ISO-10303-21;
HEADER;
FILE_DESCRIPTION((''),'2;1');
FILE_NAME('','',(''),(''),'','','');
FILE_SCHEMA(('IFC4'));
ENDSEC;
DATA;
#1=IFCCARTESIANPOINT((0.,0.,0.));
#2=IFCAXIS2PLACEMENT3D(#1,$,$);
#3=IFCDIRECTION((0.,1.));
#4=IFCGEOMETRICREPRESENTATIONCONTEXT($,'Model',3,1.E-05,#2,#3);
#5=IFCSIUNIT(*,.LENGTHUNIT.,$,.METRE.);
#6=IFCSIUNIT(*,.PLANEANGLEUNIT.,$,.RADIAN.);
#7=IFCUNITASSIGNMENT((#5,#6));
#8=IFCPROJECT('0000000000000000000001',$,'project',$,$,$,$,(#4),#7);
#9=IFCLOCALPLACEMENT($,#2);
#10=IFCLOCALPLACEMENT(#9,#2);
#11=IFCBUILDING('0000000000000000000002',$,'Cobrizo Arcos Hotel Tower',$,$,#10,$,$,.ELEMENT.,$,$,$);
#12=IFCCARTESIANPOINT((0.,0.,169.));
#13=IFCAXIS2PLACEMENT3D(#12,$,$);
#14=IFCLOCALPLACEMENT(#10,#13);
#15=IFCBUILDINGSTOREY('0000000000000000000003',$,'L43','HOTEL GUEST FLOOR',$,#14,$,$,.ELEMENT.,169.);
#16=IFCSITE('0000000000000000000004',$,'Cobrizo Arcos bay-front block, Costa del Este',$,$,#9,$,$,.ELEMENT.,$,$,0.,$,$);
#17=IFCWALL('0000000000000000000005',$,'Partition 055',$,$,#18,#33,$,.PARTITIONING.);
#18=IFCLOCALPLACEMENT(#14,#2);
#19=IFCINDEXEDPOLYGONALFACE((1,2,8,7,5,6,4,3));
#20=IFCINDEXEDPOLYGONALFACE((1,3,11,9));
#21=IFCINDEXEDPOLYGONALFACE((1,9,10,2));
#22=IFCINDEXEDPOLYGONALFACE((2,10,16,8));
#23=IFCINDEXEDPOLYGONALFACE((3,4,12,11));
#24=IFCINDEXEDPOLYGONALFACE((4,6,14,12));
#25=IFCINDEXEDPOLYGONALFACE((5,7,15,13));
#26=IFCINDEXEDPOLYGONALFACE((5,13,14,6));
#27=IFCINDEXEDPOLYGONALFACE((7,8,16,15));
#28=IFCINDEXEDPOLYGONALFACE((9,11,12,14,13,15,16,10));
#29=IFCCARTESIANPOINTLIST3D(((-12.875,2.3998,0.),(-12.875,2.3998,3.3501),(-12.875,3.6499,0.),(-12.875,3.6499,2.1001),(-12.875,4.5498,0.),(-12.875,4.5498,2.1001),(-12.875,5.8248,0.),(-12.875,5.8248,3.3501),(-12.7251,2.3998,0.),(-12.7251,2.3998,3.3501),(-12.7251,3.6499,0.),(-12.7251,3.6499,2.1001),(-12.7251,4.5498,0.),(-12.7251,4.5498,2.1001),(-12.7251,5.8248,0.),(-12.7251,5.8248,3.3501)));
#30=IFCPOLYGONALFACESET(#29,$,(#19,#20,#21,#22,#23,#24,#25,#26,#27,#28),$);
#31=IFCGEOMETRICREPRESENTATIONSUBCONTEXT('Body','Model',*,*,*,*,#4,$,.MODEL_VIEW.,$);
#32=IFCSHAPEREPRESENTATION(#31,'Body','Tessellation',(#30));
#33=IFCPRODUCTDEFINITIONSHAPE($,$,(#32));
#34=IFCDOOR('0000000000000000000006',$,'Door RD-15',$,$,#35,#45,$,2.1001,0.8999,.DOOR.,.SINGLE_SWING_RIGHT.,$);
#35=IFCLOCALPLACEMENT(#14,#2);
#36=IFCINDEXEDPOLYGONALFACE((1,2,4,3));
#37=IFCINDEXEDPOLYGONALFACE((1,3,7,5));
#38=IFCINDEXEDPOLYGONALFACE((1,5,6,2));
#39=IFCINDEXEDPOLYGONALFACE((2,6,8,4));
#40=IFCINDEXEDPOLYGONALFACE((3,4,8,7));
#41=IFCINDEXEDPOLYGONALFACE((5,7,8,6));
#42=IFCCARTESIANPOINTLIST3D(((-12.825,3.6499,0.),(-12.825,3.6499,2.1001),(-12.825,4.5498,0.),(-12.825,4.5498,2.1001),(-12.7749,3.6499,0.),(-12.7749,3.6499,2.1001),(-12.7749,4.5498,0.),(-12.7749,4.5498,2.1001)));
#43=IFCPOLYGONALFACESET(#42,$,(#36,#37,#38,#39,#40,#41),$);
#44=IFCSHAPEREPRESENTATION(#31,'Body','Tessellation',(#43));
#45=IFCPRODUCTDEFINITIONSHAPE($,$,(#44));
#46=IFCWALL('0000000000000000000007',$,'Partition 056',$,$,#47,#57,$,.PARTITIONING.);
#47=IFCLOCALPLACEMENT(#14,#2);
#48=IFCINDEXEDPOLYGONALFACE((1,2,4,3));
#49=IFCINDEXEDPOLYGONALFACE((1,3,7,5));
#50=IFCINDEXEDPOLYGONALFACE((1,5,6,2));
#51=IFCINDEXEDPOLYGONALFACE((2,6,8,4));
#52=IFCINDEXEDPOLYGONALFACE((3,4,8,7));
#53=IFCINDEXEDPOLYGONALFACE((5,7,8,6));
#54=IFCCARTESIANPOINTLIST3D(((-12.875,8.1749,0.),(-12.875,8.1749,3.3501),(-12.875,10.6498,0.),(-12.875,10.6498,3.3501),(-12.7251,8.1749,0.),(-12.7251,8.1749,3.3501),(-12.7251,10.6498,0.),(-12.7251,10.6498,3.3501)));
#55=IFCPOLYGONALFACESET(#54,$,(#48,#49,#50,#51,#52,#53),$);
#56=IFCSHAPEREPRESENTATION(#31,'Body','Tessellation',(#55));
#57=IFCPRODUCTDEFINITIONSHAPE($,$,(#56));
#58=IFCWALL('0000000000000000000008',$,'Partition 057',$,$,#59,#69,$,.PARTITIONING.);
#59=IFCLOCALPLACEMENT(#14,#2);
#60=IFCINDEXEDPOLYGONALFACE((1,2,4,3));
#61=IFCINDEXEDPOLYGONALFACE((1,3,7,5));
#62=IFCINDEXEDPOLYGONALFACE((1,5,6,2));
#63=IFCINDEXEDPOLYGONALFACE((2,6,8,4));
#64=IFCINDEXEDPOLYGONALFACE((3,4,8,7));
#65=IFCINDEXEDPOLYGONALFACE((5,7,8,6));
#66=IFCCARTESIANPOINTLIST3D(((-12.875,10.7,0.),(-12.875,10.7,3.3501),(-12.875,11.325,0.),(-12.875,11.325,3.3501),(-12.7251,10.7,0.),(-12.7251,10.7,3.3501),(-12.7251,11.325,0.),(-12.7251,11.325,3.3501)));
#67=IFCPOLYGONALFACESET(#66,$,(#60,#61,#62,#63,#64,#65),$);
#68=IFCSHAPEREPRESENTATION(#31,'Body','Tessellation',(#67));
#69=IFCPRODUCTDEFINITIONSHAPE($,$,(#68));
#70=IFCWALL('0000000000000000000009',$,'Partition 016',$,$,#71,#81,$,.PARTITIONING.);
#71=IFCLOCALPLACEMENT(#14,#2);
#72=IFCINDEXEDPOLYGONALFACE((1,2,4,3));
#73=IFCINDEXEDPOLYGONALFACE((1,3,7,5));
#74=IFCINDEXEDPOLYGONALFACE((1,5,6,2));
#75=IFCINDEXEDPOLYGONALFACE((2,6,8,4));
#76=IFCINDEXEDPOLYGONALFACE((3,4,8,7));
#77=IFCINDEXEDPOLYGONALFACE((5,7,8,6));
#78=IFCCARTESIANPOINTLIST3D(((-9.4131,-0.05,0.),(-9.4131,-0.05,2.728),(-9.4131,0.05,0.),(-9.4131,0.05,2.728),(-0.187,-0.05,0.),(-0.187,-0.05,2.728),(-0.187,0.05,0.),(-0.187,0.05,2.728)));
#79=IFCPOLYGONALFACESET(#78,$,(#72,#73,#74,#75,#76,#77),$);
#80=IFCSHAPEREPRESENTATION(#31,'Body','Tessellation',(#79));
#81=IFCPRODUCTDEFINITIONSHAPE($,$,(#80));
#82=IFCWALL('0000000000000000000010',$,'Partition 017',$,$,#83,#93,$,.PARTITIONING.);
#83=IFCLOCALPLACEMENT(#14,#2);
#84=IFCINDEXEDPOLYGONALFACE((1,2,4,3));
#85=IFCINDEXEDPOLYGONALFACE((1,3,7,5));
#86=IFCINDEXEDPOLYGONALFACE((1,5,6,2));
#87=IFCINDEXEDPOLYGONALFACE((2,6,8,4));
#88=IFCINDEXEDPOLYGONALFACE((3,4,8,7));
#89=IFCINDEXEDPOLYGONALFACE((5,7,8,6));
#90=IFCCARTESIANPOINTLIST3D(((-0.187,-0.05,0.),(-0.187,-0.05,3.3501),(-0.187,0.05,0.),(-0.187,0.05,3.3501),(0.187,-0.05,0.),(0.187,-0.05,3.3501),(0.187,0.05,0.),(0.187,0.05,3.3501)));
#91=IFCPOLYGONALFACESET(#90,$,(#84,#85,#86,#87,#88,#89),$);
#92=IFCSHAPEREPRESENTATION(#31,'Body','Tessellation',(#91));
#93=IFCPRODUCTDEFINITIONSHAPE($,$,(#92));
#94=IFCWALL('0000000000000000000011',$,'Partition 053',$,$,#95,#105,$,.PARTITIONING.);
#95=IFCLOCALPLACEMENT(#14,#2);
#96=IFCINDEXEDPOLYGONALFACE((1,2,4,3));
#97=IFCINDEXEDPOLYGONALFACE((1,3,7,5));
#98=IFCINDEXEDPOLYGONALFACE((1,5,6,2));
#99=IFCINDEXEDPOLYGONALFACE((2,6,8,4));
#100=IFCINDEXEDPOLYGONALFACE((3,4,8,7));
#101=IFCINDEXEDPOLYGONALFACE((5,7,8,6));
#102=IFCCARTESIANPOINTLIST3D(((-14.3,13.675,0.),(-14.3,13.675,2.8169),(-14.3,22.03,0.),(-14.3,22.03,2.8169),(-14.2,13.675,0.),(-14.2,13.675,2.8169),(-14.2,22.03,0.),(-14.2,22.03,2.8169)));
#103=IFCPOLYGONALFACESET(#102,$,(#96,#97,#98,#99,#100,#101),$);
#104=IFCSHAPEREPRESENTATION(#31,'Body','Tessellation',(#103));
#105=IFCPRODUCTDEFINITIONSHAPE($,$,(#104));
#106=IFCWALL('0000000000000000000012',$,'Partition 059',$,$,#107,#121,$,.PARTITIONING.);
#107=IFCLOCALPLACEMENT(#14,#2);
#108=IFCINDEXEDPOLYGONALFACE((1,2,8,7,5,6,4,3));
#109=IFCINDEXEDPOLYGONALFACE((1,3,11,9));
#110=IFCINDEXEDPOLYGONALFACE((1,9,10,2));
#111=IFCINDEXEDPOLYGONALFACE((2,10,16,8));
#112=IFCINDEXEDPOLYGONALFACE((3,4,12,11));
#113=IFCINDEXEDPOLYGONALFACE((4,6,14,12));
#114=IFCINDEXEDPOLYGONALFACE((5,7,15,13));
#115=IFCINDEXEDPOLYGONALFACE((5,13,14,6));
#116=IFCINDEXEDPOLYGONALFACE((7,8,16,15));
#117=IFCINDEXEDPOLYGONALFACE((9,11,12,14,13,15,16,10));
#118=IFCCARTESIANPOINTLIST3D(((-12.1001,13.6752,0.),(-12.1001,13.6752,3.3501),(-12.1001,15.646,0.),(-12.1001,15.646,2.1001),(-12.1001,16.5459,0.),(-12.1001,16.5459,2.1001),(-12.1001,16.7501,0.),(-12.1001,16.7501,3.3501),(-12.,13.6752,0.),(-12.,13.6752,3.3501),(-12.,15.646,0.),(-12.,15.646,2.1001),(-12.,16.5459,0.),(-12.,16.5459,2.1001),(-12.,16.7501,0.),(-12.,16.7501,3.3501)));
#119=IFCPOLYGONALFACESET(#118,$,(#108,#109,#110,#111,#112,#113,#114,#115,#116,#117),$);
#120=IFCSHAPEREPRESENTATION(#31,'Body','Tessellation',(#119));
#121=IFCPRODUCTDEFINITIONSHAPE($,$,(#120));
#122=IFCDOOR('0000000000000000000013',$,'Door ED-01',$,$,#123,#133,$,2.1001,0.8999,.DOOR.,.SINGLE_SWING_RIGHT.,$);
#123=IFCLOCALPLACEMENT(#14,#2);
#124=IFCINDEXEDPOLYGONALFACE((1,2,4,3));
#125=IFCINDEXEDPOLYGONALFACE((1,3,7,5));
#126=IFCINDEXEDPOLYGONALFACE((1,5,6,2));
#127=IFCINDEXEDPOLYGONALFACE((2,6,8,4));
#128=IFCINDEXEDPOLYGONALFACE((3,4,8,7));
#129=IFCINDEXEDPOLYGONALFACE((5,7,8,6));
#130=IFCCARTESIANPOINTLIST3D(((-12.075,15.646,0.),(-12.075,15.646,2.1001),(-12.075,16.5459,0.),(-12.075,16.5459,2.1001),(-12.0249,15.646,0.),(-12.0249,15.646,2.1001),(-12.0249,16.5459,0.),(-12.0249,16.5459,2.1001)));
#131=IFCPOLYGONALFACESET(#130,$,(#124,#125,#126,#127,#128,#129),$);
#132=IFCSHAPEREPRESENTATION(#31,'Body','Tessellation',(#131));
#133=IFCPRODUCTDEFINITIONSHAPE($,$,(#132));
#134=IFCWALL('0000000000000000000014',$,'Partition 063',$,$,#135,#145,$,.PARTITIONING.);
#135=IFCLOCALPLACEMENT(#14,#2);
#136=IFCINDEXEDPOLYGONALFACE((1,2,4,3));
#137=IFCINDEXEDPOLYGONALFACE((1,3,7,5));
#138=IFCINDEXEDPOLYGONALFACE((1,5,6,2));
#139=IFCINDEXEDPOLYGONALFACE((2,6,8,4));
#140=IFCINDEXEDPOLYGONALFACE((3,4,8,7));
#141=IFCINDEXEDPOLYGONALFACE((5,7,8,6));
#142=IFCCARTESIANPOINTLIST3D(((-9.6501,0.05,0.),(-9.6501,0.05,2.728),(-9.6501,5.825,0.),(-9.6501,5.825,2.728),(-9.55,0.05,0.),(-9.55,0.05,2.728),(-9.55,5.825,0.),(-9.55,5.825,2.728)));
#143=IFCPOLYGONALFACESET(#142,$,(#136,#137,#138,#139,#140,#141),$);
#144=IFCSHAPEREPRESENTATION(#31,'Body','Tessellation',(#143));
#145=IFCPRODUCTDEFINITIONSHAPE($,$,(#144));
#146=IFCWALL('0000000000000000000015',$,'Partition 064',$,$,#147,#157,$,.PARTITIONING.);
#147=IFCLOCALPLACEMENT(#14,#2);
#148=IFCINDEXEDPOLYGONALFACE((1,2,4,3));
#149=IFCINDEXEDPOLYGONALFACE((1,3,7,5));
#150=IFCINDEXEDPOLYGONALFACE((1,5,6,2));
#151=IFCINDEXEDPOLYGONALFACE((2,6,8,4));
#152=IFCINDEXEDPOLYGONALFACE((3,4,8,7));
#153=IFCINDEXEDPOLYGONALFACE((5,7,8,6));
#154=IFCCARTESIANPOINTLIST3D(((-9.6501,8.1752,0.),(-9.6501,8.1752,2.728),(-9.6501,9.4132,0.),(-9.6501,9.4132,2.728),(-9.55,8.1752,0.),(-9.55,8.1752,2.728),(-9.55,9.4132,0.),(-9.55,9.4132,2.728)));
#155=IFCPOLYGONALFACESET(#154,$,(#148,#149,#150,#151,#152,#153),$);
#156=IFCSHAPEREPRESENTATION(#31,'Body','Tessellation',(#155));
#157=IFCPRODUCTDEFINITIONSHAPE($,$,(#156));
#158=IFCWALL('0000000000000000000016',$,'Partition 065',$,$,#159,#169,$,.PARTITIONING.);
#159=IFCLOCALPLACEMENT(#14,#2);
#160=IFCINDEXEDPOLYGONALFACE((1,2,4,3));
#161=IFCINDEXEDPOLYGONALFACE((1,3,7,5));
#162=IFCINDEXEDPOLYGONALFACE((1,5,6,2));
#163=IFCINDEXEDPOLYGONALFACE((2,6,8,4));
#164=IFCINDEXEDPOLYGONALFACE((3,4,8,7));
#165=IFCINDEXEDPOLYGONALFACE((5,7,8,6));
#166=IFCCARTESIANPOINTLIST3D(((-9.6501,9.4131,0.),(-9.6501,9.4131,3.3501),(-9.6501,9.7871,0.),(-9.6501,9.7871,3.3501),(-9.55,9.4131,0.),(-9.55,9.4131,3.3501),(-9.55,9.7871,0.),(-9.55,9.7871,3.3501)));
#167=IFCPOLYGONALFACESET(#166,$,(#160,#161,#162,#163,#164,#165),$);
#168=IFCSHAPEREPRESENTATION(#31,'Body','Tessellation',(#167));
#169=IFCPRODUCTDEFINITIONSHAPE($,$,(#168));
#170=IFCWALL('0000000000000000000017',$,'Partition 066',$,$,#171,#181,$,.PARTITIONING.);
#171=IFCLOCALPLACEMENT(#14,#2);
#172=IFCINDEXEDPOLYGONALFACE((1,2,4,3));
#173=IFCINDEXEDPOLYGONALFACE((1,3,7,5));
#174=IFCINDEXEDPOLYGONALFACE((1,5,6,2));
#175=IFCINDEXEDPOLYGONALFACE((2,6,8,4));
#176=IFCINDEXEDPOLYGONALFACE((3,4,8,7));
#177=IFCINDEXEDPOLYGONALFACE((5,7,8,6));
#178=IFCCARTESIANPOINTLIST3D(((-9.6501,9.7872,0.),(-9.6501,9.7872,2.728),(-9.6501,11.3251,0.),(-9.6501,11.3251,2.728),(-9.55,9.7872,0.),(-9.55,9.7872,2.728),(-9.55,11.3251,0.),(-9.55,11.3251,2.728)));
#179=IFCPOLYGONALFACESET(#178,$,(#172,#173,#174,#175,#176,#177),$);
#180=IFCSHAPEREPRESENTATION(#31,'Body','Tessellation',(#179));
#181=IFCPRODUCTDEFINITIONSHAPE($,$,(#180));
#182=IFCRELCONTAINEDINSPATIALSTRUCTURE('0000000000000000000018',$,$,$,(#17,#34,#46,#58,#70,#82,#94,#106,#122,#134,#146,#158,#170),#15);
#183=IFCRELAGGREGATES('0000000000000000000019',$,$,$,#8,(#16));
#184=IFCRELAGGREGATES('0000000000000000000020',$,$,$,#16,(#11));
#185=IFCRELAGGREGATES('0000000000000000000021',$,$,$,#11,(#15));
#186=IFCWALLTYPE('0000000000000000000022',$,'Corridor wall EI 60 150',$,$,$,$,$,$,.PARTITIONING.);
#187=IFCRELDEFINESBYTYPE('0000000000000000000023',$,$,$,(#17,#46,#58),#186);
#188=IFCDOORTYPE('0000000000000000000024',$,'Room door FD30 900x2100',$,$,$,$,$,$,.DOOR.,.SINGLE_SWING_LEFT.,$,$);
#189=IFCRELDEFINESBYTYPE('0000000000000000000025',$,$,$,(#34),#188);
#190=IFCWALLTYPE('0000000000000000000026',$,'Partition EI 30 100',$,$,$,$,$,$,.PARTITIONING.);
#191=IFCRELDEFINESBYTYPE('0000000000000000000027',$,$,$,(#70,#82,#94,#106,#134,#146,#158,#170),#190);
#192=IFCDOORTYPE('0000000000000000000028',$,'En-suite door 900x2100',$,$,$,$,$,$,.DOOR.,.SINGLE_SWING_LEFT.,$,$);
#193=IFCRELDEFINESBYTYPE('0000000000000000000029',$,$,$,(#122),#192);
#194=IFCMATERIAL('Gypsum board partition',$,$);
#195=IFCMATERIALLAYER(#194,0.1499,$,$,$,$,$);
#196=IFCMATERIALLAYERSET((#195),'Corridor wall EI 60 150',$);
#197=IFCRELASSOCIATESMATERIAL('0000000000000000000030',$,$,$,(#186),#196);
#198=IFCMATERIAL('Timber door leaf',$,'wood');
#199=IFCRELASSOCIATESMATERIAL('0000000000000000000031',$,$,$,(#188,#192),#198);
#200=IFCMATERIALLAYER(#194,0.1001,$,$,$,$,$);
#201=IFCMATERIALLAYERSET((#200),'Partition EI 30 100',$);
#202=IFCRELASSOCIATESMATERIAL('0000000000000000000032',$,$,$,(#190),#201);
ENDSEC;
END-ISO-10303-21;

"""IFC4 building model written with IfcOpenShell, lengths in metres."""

from ifc_helpers import new_model, si_unit, direction, frame, frame_2d, origin, place, context, subcontext, project, spatial, rectangle, extrude, material, layer, layer_set, type_object, element, fill, save


model = new_model("IFC4")

# Units and contexts
model_context = context("Model", 3, precision=1e-05, world=origin(), true_north=direction((0.0, 1.0)))
body_context = subcontext(model_context, "Body", "Model", "MODEL_VIEW")
ifc_project = project(units=[si_unit("LENGTHUNIT", "METRE"), si_unit("PLANEANGLEUNIT", "RADIAN")], contexts=[model_context])

# Site, building, storey
site_placement = place(None, origin())
site = spatial("IfcSite", under=ifc_project, at=site_placement, Name="Cobrizo Arcos bay-front block, Costa del Este", CompositionType="ELEMENT", RefElevation=0.0)
building_placement = place(site_placement, origin())
building = spatial("IfcBuilding", under=site, at=building_placement, Name="Cobrizo Arcos Hotel Tower", CompositionType="ELEMENT")
storey_placement = place(building_placement, frame((0.0, 0.0, 169.0)))
storey = spatial("IfcBuildingStorey", under=building, at=storey_placement, Name="L43", Description="HOTEL GUEST FLOOR", CompositionType="ELEMENT", Elevation=169.0)

# Wall, opening, door
ifc_material_1 = material(Name="Gypsum board partition")
ifc_layer_1 = layer(ifc_material_1, 0.1499)
ifc_layer_set_1 = layer_set([ifc_layer_1], Name="Corridor wall EI 60 150")
wall_type_1 = type_object("IfcWallType", Name="Corridor wall EI 60 150", PredefinedType="PARTITIONING", material=ifc_layer_set_1)
ifc_material_2 = material(Name="Timber door leaf", Category="wood")
door_type_1 = type_object("IfcDoorType", Name="Room door FD30 900x2100", OperationType="SINGLE_SWING_LEFT", PredefinedType="DOOR", material=ifc_material_2)
wall_1_placement = place(storey_placement, frame((-12.8, 2.3999, 0.0), z_axis=(0.0, 0.0, 1.0), x_axis=(0.0, 1.0, 0.0)))
wall_1 = element("IfcWall", 1, at=wall_1_placement, inside=storey, type_object=wall_type_1, Name="Partition 055", PredefinedType="PARTITIONING", context=body_context, shape_type="SweptSolid", body=[
    extrude(rectangle(XDim=3.425, YDim=0.1499, at=frame_2d((1.7124, 0.0))), origin(), (0.0, 0.0, 1.0), 3.3501),
])
opening_1_placement = place(wall_1_placement, frame((1.25, 0.0, 0.0)))
opening_1 = element("IfcOpeningElement", 2, at=opening_1_placement, cuts=wall_1, PredefinedType="OPENING", context=body_context, shape_type="SweptSolid", body=[
    extrude(rectangle(XDim=0.8999, YDim=2.1001, at=frame_2d((0.45, 1.05))), frame((0.0, 0.0869, 0.0), z_axis=(0.0, -1.0, 0.0), x_axis=(1.0, 0.0, 0.0)), (0.0, 0.0, 1.0), 0.1738),
])
door_1_placement = place(opening_1_placement, origin())
door_1 = element("IfcDoor", 3, at=door_1_placement, inside=storey, type_object=door_type_1, Name="Door RD-15", OperationType="SINGLE_SWING_RIGHT", OverallHeight=2.1001, OverallWidth=0.8999, PredefinedType="DOOR", context=body_context, shape_type="SweptSolid", body=[
    extrude(rectangle(XDim=0.8999, YDim=2.1001, at=frame_2d((0.45, 1.05))), frame((0.0, 0.0249, 0.0), z_axis=(0.0, -1.0, 0.0), x_axis=(1.0, 0.0, 0.0)), (0.0, 0.0, 1.0), 0.05),
])
fill(opening_1, door_1)

# Walls
wall_2_placement = place(storey_placement, frame((-12.8, 8.175, 0.0), z_axis=(0.0, 0.0, 1.0), x_axis=(0.0, 1.0, 0.0)))
element("IfcWall", 4, at=wall_2_placement, inside=storey, type_object=wall_type_1, Name="Partition 056", PredefinedType="PARTITIONING", context=body_context, shape_type="SweptSolid", body=[
    extrude(rectangle(XDim=2.4749, YDim=0.1499, at=frame_2d((1.2373, 0.0))), origin(), (0.0, 0.0, 1.0), 3.3501),
])
wall_3_placement = place(storey_placement, frame((-12.8, 10.7, 0.0), z_axis=(0.0, 0.0, 1.0), x_axis=(0.0, 1.0, 0.0)))
element("IfcWall", 5, at=wall_3_placement, inside=storey, type_object=wall_type_1, Name="Partition 057", PredefinedType="PARTITIONING", context=body_context, shape_type="SweptSolid", body=[
    extrude(rectangle(XDim=0.625, YDim=0.1499, at=frame_2d((0.3125, 0.0))), origin(), (0.0, 0.0, 1.0), 3.3501),
])
ifc_layer_2 = layer(ifc_material_1, 0.1001)
ifc_layer_set_2 = layer_set([ifc_layer_2], Name="Partition EI 30 100")
wall_type_2 = type_object("IfcWallType", Name="Partition EI 30 100", PredefinedType="PARTITIONING", material=ifc_layer_set_2)
wall_4_placement = place(storey_placement, frame((-9.4131, 0.0, 0.0), z_axis=(0.0, 0.0, 1.0), x_axis=(1.0, 0.0, 0.0)))
element("IfcWall", 6, at=wall_4_placement, inside=storey, type_object=wall_type_2, Name="Partition 016", PredefinedType="PARTITIONING", context=body_context, shape_type="SweptSolid", body=[
    extrude(rectangle(XDim=9.2261, YDim=0.1001, at=frame_2d((4.613, 0.0))), origin(), (0.0, 0.0, 1.0), 2.728),
])
wall_5_placement = place(storey_placement, frame((-0.187, 0.0, 0.0), z_axis=(0.0, 0.0, 1.0), x_axis=(1.0, 0.0, 0.0)))
element("IfcWall", 7, at=wall_5_placement, inside=storey, type_object=wall_type_2, Name="Partition 017", PredefinedType="PARTITIONING", context=body_context, shape_type="SweptSolid", body=[
    extrude(rectangle(XDim=0.374, YDim=0.1001, at=frame_2d((0.187, 0.0))), origin(), (0.0, 0.0, 1.0), 3.3501),
])
wall_6_placement = place(storey_placement, frame((-14.25, 13.675, 0.0), z_axis=(0.0, 0.0, 1.0), x_axis=(0.0, 1.0, 0.0)))
element("IfcWall", 8, at=wall_6_placement, inside=storey, type_object=wall_type_2, Name="Partition 053", PredefinedType="PARTITIONING", context=body_context, shape_type="SweptSolid", body=[
    extrude(rectangle(XDim=8.355, YDim=0.1001, at=frame_2d((4.1775, 0.0))), origin(), (0.0, 0.0, 1.0), 2.8169),
])

# Wall, opening, door
wall_7_placement = place(storey_placement, frame((-12.05, 13.675, 0.0), z_axis=(0.0, 0.0, 1.0), x_axis=(0.0, 1.0, 0.0)))
wall_7 = element("IfcWall", 9, at=wall_7_placement, inside=storey, type_object=wall_type_2, Name="Partition 059", PredefinedType="PARTITIONING", context=body_context, shape_type="SweptSolid", body=[
    extrude(rectangle(XDim=3.075, YDim=0.1001, at=frame_2d((1.5376, 0.0))), origin(), (0.0, 0.0, 1.0), 3.3501),
])
opening_2_placement = place(wall_7_placement, frame((1.9709, 0.0, 0.0)))
opening_2 = element("IfcOpeningElement", 10, at=opening_2_placement, cuts=wall_7, PredefinedType="OPENING", context=body_context, shape_type="SweptSolid", body=[
    extrude(rectangle(XDim=0.8999, YDim=2.1001, at=frame_2d((0.45, 1.05))), frame((0.0, 0.062, 0.0), z_axis=(0.0, -1.0, 0.0), x_axis=(1.0, 0.0, 0.0)), (0.0, 0.0, 1.0), 0.124),
])
door_type_2 = type_object("IfcDoorType", Name="En-suite door 900x2100", OperationType="SINGLE_SWING_LEFT", PredefinedType="DOOR", material=ifc_material_2)
door_2_placement = place(opening_2_placement, origin())
door_2 = element("IfcDoor", 11, at=door_2_placement, inside=storey, type_object=door_type_2, Name="Door ED-01", OperationType="SINGLE_SWING_RIGHT", OverallHeight=2.1001, OverallWidth=0.8999, PredefinedType="DOOR", context=body_context, shape_type="SweptSolid", body=[
    extrude(rectangle(XDim=0.8999, YDim=2.1001, at=frame_2d((0.45, 1.05))), frame((0.0, 0.0249, 0.0), z_axis=(0.0, -1.0, 0.0), x_axis=(1.0, 0.0, 0.0)), (0.0, 0.0, 1.0), 0.05),
])
fill(opening_2, door_2)

# Walls
wall_8_placement = place(storey_placement, frame((-9.6001, 0.05, 0.0), z_axis=(0.0, 0.0, 1.0), x_axis=(0.0, 1.0, 0.0)))
element("IfcWall", 12, at=wall_8_placement, inside=storey, type_object=wall_type_2, Name="Partition 063", PredefinedType="PARTITIONING", context=body_context, shape_type="SweptSolid", body=[
    extrude(rectangle(XDim=5.7749, YDim=0.1001, at=frame_2d((2.8875, 0.0))), origin(), (0.0, 0.0, 1.0), 2.728),
])
wall_9_placement = place(storey_placement, frame((-9.6001, 8.175, 0.0), z_axis=(0.0, 0.0, 1.0), x_axis=(0.0, 1.0, 0.0)))
element("IfcWall", 13, at=wall_9_placement, inside=storey, type_object=wall_type_2, Name="Partition 064", PredefinedType="PARTITIONING", context=body_context, shape_type="SweptSolid", body=[
    extrude(rectangle(XDim=1.238, YDim=0.1001, at=frame_2d((0.6191, 0.0))), origin(), (0.0, 0.0, 1.0), 2.728),
])
wall_10_placement = place(storey_placement, frame((-9.6001, 9.4131, 0.0), z_axis=(0.0, 0.0, 1.0), x_axis=(0.0, 1.0, 0.0)))
element("IfcWall", 14, at=wall_10_placement, inside=storey, type_object=wall_type_2, Name="Partition 065", PredefinedType="PARTITIONING", context=body_context, shape_type="SweptSolid", body=[
    extrude(rectangle(XDim=0.374, YDim=0.1001, at=frame_2d((0.187, 0.0))), origin(), (0.0, 0.0, 1.0), 3.3501),
])
wall_11_placement = place(storey_placement, frame((-9.6001, 9.7871, 0.0), z_axis=(0.0, 0.0, 1.0), x_axis=(0.0, 1.0, 0.0)))
element("IfcWall", 15, at=wall_11_placement, inside=storey, type_object=wall_type_2, Name="Partition 066", PredefinedType="PARTITIONING", context=body_context, shape_type="SweptSolid", body=[
    extrude(rectangle(XDim=1.5378, YDim=0.1001, at=frame_2d((0.769, 0.0))), origin(), (0.0, 0.0, 1.0), 2.728),
])

save(model, "model.ifc")
